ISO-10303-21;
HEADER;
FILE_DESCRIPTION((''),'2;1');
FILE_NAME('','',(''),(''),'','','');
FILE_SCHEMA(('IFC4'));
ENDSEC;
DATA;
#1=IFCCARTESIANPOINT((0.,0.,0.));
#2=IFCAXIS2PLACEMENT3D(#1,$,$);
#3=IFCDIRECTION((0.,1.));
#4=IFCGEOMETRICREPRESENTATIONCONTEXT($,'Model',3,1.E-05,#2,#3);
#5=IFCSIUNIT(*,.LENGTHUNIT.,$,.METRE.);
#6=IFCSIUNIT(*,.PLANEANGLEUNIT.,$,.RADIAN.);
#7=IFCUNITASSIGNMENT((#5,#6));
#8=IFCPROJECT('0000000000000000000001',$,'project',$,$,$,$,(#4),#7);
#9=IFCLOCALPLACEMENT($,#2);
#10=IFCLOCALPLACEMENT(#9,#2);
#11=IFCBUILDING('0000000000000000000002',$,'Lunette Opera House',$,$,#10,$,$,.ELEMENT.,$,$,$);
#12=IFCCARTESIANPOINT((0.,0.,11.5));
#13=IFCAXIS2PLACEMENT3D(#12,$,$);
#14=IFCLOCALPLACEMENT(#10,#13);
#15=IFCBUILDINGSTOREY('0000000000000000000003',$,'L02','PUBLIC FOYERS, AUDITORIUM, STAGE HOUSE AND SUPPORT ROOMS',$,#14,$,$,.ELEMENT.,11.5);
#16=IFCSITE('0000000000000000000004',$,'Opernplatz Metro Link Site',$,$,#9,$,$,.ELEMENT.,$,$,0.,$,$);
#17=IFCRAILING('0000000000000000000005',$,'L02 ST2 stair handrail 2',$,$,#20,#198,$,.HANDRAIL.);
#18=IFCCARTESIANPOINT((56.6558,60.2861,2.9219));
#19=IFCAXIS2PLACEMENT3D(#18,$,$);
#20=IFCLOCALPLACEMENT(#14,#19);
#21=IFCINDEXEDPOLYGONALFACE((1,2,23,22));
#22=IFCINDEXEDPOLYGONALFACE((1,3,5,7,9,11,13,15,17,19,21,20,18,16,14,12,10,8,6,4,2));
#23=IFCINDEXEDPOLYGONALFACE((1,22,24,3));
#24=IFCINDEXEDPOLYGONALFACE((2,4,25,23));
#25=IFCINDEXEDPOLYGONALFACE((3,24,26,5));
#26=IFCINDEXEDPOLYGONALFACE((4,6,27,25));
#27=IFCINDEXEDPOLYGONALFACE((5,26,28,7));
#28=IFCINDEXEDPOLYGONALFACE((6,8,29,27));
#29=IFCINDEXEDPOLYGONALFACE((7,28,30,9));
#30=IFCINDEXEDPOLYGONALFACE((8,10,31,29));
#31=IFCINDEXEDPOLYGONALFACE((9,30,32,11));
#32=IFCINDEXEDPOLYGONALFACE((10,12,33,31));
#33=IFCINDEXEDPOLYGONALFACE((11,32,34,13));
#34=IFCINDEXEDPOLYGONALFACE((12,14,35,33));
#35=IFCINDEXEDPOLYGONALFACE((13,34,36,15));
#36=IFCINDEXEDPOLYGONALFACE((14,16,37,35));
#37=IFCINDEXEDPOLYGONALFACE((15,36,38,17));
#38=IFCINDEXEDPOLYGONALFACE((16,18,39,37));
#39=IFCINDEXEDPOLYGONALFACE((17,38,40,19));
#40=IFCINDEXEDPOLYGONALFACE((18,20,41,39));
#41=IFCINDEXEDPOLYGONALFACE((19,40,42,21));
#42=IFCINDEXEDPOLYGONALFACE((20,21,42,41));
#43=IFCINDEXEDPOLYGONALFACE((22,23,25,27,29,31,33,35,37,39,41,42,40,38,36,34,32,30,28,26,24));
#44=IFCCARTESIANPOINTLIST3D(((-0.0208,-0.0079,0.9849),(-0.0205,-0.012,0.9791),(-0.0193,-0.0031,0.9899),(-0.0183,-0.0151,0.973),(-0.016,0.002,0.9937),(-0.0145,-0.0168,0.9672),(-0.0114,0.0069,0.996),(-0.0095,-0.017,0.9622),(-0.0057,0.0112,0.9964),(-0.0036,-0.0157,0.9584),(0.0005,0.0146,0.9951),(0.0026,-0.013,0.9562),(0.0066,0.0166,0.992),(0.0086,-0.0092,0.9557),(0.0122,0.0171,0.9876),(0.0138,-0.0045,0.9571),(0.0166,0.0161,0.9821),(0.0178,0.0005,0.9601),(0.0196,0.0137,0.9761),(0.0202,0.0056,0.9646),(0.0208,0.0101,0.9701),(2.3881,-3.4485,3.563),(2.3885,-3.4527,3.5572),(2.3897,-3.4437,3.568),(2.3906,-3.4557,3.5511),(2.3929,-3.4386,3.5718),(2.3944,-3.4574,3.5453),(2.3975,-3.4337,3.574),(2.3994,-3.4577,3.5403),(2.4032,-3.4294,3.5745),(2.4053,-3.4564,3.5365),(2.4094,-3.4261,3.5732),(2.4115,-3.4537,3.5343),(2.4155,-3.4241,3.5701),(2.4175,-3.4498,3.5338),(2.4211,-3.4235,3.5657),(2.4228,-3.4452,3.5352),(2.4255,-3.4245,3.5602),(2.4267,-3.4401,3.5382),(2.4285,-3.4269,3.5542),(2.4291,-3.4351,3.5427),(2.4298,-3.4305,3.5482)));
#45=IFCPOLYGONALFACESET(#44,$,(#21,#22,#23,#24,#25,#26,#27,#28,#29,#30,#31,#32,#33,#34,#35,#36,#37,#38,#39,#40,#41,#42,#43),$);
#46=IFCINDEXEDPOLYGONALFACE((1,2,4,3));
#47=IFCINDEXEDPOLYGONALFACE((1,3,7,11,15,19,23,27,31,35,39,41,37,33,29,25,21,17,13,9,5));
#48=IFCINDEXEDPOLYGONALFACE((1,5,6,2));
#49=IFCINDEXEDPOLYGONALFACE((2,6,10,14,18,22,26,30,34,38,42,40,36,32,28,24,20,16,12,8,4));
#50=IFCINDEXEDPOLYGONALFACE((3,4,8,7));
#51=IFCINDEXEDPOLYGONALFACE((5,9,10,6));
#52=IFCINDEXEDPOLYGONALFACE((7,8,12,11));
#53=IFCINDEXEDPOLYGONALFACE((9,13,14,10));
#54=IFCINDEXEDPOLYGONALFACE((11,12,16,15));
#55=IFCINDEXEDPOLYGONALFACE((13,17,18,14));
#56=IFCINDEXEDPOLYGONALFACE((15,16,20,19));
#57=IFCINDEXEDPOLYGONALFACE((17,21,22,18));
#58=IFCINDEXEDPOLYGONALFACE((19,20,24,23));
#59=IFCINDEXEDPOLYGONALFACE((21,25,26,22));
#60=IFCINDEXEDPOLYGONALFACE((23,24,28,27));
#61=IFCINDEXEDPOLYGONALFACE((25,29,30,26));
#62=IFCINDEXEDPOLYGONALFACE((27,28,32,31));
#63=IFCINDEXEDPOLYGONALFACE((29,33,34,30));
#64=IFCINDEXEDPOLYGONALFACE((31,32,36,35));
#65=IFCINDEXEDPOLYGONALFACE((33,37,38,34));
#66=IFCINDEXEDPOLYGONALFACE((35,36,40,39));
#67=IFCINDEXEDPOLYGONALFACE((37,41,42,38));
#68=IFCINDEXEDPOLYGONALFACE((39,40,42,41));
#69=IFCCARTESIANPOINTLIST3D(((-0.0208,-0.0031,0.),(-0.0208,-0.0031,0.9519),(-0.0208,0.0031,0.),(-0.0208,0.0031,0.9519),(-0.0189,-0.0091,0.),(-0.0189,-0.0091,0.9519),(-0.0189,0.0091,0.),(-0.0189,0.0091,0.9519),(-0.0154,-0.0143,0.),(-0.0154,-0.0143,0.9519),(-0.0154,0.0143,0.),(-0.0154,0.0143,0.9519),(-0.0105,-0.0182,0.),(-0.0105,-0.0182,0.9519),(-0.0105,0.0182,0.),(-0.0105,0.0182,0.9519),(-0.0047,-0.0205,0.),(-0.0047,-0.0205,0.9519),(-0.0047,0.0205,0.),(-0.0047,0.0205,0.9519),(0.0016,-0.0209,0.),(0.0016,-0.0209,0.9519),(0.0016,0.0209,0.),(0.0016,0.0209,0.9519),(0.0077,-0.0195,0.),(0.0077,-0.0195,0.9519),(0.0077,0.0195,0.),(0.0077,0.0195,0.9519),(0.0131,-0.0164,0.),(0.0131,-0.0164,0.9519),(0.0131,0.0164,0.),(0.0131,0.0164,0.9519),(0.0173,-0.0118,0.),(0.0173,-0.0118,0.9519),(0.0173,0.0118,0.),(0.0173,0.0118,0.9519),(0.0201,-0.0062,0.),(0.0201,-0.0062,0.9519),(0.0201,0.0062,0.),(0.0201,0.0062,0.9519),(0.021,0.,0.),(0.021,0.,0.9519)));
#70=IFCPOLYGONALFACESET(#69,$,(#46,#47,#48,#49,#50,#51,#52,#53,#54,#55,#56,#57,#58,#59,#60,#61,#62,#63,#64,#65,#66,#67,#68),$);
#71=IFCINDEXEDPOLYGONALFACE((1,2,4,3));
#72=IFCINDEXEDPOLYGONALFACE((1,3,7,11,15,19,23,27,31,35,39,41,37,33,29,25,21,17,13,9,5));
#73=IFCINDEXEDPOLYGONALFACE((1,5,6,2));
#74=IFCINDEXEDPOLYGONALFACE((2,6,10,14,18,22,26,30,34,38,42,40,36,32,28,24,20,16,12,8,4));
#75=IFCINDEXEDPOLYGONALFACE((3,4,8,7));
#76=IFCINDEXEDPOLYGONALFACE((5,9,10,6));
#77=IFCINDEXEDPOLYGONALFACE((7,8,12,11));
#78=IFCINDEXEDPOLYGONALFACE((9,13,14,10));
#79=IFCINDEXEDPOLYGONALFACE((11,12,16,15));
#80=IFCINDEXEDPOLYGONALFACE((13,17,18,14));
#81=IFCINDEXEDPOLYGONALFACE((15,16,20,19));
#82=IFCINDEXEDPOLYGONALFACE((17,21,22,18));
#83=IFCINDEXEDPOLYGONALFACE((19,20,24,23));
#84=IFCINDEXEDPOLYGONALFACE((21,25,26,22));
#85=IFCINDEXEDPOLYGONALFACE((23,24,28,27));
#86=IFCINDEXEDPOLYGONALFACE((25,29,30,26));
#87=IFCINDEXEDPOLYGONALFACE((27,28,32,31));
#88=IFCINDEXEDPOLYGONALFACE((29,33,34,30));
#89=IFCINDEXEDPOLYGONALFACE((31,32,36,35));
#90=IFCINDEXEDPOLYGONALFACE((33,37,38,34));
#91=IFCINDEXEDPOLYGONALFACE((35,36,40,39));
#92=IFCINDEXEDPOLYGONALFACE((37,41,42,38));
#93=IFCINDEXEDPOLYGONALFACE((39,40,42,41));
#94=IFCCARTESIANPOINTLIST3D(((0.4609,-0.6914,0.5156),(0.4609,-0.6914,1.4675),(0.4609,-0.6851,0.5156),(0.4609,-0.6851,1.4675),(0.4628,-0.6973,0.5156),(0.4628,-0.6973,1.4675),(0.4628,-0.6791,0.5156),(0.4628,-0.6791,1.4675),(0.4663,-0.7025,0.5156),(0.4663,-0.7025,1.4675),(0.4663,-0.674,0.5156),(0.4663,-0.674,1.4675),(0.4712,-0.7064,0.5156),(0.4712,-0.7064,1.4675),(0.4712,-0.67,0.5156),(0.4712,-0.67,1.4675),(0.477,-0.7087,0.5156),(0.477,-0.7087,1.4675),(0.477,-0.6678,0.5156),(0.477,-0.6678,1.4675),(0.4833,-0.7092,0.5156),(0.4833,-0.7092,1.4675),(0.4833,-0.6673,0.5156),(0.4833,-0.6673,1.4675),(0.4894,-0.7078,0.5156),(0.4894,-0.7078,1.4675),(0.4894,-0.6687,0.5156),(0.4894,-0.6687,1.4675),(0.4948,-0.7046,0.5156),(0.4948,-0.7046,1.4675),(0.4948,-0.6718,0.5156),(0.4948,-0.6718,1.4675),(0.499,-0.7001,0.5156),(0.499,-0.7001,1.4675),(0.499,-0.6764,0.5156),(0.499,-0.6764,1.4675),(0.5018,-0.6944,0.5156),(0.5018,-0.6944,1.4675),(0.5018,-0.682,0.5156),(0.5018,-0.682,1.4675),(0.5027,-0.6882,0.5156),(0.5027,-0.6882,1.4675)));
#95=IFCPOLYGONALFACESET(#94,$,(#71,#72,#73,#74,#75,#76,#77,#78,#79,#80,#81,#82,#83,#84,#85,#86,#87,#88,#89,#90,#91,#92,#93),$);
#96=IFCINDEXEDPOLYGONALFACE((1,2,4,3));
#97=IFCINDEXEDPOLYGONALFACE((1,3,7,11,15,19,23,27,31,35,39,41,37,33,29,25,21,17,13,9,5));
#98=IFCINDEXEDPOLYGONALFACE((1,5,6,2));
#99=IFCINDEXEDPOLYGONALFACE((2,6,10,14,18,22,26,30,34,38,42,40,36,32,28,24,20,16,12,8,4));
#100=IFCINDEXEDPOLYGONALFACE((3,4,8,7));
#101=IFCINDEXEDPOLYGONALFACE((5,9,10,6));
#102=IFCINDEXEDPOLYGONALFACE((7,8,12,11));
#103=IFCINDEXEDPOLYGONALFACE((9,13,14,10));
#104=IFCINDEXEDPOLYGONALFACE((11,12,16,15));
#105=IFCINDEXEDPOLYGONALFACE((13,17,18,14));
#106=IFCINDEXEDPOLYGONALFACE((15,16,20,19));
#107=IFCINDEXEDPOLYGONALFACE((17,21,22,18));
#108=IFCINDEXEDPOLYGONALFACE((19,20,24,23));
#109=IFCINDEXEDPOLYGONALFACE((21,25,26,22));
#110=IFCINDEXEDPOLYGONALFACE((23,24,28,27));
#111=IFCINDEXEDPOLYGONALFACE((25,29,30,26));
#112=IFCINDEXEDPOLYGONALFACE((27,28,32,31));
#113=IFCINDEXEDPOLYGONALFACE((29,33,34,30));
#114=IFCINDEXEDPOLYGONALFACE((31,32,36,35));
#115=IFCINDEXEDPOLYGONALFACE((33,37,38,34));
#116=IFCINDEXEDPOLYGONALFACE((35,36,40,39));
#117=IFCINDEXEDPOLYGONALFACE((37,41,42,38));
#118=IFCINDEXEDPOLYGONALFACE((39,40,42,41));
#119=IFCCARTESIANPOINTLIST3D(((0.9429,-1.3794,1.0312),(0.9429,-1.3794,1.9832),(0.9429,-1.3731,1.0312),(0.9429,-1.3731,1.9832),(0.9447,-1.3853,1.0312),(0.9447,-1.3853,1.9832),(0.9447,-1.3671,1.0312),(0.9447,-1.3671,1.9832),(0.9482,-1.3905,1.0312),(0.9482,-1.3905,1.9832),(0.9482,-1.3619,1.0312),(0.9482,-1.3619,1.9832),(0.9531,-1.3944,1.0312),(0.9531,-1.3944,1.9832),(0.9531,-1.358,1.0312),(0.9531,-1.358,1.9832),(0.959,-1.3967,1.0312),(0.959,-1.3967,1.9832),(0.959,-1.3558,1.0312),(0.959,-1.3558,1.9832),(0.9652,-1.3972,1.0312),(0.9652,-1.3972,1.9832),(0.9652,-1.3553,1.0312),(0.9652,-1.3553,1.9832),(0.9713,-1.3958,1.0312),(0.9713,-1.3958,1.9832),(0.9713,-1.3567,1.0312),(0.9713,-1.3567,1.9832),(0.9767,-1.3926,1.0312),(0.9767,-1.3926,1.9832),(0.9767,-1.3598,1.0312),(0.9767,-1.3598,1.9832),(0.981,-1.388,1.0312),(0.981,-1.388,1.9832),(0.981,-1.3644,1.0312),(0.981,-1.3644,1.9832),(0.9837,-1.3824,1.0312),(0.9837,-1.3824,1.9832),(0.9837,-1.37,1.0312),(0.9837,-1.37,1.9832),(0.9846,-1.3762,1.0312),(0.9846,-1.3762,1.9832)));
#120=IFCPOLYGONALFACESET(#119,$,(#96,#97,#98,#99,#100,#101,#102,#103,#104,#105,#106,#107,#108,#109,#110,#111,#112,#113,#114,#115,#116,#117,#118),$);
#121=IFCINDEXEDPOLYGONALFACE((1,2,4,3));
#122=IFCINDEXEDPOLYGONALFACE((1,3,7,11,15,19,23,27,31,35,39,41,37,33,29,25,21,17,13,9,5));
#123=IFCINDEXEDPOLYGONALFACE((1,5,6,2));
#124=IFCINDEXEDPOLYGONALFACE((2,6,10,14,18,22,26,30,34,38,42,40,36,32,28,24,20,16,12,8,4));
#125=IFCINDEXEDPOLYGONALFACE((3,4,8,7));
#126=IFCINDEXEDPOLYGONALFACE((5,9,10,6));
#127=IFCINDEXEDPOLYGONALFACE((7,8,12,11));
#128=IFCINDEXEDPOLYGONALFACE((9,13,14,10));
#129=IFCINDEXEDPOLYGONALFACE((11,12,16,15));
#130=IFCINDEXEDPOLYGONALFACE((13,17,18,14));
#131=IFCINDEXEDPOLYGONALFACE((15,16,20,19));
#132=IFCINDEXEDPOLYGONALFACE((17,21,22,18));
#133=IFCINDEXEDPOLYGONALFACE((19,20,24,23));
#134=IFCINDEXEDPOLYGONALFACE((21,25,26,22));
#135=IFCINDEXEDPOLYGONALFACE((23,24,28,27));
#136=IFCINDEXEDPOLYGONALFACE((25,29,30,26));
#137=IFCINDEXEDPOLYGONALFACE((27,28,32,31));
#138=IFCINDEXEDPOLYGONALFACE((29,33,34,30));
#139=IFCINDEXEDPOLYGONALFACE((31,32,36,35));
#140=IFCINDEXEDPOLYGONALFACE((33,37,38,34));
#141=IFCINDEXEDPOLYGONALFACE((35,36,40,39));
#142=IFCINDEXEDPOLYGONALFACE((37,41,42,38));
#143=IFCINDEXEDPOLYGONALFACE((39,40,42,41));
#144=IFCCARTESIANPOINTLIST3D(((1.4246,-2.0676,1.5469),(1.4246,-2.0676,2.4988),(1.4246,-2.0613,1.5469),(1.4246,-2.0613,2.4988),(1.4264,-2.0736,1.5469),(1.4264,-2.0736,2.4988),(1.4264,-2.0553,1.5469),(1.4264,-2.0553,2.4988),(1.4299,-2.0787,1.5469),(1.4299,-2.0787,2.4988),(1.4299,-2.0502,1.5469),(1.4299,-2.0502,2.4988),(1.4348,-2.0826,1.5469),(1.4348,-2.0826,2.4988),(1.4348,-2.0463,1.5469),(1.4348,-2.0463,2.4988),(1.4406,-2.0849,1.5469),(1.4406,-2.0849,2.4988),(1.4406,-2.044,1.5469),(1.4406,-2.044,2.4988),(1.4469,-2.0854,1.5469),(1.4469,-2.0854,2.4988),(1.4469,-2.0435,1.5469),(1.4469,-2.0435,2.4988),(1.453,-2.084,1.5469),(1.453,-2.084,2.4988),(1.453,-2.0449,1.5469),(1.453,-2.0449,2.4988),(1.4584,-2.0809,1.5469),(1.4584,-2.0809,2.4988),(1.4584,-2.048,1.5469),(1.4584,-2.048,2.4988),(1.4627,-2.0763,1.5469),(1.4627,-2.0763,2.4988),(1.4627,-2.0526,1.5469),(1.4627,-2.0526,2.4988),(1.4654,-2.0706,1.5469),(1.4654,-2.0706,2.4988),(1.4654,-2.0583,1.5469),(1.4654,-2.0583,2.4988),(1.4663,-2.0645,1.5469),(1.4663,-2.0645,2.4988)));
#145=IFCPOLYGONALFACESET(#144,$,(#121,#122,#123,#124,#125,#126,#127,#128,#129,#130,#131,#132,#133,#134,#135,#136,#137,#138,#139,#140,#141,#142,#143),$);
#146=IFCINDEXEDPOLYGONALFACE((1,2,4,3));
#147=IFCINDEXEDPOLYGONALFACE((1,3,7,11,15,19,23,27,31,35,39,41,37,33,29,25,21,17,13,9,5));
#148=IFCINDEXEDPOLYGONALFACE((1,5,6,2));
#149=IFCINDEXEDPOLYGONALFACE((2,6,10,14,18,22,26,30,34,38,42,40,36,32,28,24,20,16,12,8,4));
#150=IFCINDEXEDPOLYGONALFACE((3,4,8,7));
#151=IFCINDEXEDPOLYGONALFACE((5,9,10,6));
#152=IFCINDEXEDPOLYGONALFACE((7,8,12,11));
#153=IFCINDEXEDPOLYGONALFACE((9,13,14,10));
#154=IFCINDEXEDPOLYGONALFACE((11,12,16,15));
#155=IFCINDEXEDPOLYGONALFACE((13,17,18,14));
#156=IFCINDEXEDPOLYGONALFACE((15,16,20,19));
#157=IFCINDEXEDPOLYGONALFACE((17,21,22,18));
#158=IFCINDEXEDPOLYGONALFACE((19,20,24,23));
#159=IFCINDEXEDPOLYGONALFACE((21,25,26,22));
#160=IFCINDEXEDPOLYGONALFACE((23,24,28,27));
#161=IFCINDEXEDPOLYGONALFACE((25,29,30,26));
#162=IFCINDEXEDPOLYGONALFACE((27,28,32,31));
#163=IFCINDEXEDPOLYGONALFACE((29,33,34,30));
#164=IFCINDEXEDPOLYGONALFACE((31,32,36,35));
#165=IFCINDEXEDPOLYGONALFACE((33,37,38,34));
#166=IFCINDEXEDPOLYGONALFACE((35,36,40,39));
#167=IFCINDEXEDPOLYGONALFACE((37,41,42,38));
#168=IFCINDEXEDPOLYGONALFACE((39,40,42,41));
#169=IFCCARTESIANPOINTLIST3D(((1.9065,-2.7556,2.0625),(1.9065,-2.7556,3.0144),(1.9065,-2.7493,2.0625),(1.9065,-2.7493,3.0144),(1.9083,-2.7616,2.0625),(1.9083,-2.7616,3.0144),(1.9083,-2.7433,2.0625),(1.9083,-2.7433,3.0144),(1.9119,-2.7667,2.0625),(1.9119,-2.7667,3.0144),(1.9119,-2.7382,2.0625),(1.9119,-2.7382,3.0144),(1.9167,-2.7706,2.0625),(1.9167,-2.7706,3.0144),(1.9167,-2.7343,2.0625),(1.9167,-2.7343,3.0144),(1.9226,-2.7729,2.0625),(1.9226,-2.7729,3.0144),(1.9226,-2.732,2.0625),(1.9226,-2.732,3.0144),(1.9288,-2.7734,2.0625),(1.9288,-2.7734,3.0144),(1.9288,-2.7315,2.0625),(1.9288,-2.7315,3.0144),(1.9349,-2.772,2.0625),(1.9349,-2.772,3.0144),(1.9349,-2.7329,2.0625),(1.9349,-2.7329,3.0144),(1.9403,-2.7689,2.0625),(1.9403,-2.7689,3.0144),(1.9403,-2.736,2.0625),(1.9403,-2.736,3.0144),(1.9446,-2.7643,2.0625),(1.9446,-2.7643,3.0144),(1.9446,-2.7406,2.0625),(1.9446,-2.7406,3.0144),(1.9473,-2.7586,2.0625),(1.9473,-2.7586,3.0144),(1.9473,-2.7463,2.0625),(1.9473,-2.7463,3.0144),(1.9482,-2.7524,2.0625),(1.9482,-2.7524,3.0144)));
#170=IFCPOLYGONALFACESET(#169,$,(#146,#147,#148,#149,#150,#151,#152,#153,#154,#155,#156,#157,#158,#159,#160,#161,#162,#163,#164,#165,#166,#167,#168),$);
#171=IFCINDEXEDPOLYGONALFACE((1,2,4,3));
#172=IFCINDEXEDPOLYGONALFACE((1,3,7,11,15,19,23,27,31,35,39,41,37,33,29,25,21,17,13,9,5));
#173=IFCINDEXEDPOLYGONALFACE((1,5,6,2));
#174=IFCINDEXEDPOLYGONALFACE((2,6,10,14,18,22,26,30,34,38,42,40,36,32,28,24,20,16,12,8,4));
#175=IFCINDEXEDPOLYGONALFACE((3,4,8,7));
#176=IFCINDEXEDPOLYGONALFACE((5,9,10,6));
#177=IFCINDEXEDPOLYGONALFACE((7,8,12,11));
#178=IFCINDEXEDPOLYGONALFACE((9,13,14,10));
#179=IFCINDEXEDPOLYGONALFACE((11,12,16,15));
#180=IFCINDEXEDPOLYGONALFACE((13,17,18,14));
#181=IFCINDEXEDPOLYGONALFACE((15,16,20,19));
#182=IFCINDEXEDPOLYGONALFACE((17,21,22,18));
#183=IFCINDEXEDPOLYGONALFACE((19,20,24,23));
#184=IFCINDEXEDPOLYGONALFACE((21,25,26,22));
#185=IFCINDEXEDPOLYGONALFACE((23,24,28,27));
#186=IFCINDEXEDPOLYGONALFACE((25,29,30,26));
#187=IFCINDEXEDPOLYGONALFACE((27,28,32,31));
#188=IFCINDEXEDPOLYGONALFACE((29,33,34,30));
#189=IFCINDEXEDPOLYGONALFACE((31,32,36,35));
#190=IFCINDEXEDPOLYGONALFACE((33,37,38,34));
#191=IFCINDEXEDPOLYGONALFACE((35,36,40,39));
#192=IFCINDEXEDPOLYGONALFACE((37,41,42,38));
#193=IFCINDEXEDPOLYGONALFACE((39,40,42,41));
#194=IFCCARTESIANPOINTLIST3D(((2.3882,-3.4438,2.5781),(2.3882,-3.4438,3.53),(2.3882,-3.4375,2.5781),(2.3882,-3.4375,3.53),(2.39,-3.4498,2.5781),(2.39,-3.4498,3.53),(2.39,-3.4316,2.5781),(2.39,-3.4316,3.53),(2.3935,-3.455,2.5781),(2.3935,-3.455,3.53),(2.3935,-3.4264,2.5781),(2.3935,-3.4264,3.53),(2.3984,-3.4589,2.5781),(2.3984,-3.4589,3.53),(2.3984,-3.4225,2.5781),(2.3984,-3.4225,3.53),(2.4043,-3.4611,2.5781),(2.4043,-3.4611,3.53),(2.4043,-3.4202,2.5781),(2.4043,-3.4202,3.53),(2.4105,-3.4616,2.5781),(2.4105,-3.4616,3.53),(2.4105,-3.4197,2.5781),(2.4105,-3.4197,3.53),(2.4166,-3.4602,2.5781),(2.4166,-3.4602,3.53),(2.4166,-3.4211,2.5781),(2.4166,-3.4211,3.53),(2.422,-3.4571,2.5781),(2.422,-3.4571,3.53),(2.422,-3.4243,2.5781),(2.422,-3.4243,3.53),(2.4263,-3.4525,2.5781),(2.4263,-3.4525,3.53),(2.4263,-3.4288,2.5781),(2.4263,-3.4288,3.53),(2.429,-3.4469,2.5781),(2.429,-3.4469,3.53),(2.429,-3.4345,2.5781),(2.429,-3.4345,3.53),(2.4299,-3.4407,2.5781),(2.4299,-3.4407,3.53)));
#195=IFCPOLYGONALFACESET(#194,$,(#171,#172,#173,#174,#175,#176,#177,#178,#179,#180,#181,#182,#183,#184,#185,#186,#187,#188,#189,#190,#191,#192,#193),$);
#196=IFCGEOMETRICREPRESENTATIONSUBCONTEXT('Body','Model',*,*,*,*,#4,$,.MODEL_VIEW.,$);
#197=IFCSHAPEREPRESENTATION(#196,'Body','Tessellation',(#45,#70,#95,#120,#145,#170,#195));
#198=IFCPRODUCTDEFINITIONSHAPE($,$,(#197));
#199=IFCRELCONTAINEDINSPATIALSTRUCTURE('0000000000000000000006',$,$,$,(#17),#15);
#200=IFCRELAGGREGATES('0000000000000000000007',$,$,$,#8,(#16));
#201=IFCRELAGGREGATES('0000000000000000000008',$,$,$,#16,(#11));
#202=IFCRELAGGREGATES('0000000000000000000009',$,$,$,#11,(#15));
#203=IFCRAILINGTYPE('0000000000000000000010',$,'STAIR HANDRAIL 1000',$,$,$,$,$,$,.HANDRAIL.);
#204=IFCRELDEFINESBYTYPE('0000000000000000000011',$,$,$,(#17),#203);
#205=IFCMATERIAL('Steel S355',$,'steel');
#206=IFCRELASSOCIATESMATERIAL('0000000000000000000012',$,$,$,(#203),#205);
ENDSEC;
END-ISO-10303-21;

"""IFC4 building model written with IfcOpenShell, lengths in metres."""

from ifc_helpers import new_model, si_unit, direction, frame, origin, origin_2d, place, context, subcontext, project, spatial, circle, extrude, material, type_object, element, save


model = new_model("IFC4")

# Units and contexts
model_context = context("Model", 3, precision=1e-05, world=origin(), true_north=direction((0.0, 1.0)))
body_context = subcontext(model_context, "Body", "Model", "MODEL_VIEW")
ifc_project = project(units=[si_unit("LENGTHUNIT", "METRE"), si_unit("PLANEANGLEUNIT", "RADIAN")], contexts=[model_context])

# Site, building, storey
site_placement = place(None, origin())
site = spatial("IfcSite", under=ifc_project, at=site_placement, Name="Opernplatz Metro Link Site", CompositionType="ELEMENT", RefElevation=0.0)
building_placement = place(site_placement, origin())
building = spatial("IfcBuilding", under=site, at=building_placement, Name="Lunette Opera House", CompositionType="ELEMENT")
storey_placement = place(building_placement, frame((0.0, 0.0, 11.5)))
storey = spatial("IfcBuildingStorey", under=building, at=storey_placement, Name="L02", Description="PUBLIC FOYERS, AUDITORIUM, STAGE HOUSE AND SUPPORT ROOMS", CompositionType="ELEMENT", Elevation=11.5)

# Railing
ifc_material_1 = material(Name="Steel S355", Category="steel")
railing_type = type_object("IfcRailingType", Name="STAIR HANDRAIL 1000", PredefinedType="HANDRAIL", material=ifc_material_1)
railing_placement = place(storey_placement, frame((56.6558, 60.2861, 2.9219)))
element("IfcRailing", 1, at=railing_placement, inside=storey, type_object=railing_type, Name="L02 ST2 stair handrail 2", PredefinedType="HANDRAIL", context=body_context, shape_type="SweptSolid", body=[
    extrude(circle(Radius=0.0239, at=origin_2d()), frame((0.0, 0.0, 0.9761), z_axis=(0.488799, -0.698149, 0.523129), x_axis=(0.81918, 0.573536, 0.0)), (0.0, 0.0, 1.0), 4.9282),
    extrude(circle(Radius=0.021, at=origin_2d()), origin(), (0.0, 0.0, 1.0), 0.9519),
    extrude(circle(Radius=0.021, at=origin_2d()), frame((0.4817, -0.6882, 0.5156)), (0.0, 0.0, 1.0), 0.9519),
    extrude(circle(Radius=0.021, at=origin_2d()), frame((0.9636, -1.3762, 1.0312)), (0.0, 0.0, 1.0), 0.9519),
    extrude(circle(Radius=0.021, at=origin_2d()), frame((1.4453, -2.0645, 1.5469)), (0.0, 0.0, 1.0), 0.9519),
    extrude(circle(Radius=0.021, at=origin_2d()), frame((1.9272, -2.7524, 2.0625)), (0.0, 0.0, 1.0), 0.9519),
    extrude(circle(Radius=0.021, at=origin_2d()), frame((2.4089, -3.4407, 2.5781)), (0.0, 0.0, 1.0), 0.9519),
])

save(model, "model.ifc")
